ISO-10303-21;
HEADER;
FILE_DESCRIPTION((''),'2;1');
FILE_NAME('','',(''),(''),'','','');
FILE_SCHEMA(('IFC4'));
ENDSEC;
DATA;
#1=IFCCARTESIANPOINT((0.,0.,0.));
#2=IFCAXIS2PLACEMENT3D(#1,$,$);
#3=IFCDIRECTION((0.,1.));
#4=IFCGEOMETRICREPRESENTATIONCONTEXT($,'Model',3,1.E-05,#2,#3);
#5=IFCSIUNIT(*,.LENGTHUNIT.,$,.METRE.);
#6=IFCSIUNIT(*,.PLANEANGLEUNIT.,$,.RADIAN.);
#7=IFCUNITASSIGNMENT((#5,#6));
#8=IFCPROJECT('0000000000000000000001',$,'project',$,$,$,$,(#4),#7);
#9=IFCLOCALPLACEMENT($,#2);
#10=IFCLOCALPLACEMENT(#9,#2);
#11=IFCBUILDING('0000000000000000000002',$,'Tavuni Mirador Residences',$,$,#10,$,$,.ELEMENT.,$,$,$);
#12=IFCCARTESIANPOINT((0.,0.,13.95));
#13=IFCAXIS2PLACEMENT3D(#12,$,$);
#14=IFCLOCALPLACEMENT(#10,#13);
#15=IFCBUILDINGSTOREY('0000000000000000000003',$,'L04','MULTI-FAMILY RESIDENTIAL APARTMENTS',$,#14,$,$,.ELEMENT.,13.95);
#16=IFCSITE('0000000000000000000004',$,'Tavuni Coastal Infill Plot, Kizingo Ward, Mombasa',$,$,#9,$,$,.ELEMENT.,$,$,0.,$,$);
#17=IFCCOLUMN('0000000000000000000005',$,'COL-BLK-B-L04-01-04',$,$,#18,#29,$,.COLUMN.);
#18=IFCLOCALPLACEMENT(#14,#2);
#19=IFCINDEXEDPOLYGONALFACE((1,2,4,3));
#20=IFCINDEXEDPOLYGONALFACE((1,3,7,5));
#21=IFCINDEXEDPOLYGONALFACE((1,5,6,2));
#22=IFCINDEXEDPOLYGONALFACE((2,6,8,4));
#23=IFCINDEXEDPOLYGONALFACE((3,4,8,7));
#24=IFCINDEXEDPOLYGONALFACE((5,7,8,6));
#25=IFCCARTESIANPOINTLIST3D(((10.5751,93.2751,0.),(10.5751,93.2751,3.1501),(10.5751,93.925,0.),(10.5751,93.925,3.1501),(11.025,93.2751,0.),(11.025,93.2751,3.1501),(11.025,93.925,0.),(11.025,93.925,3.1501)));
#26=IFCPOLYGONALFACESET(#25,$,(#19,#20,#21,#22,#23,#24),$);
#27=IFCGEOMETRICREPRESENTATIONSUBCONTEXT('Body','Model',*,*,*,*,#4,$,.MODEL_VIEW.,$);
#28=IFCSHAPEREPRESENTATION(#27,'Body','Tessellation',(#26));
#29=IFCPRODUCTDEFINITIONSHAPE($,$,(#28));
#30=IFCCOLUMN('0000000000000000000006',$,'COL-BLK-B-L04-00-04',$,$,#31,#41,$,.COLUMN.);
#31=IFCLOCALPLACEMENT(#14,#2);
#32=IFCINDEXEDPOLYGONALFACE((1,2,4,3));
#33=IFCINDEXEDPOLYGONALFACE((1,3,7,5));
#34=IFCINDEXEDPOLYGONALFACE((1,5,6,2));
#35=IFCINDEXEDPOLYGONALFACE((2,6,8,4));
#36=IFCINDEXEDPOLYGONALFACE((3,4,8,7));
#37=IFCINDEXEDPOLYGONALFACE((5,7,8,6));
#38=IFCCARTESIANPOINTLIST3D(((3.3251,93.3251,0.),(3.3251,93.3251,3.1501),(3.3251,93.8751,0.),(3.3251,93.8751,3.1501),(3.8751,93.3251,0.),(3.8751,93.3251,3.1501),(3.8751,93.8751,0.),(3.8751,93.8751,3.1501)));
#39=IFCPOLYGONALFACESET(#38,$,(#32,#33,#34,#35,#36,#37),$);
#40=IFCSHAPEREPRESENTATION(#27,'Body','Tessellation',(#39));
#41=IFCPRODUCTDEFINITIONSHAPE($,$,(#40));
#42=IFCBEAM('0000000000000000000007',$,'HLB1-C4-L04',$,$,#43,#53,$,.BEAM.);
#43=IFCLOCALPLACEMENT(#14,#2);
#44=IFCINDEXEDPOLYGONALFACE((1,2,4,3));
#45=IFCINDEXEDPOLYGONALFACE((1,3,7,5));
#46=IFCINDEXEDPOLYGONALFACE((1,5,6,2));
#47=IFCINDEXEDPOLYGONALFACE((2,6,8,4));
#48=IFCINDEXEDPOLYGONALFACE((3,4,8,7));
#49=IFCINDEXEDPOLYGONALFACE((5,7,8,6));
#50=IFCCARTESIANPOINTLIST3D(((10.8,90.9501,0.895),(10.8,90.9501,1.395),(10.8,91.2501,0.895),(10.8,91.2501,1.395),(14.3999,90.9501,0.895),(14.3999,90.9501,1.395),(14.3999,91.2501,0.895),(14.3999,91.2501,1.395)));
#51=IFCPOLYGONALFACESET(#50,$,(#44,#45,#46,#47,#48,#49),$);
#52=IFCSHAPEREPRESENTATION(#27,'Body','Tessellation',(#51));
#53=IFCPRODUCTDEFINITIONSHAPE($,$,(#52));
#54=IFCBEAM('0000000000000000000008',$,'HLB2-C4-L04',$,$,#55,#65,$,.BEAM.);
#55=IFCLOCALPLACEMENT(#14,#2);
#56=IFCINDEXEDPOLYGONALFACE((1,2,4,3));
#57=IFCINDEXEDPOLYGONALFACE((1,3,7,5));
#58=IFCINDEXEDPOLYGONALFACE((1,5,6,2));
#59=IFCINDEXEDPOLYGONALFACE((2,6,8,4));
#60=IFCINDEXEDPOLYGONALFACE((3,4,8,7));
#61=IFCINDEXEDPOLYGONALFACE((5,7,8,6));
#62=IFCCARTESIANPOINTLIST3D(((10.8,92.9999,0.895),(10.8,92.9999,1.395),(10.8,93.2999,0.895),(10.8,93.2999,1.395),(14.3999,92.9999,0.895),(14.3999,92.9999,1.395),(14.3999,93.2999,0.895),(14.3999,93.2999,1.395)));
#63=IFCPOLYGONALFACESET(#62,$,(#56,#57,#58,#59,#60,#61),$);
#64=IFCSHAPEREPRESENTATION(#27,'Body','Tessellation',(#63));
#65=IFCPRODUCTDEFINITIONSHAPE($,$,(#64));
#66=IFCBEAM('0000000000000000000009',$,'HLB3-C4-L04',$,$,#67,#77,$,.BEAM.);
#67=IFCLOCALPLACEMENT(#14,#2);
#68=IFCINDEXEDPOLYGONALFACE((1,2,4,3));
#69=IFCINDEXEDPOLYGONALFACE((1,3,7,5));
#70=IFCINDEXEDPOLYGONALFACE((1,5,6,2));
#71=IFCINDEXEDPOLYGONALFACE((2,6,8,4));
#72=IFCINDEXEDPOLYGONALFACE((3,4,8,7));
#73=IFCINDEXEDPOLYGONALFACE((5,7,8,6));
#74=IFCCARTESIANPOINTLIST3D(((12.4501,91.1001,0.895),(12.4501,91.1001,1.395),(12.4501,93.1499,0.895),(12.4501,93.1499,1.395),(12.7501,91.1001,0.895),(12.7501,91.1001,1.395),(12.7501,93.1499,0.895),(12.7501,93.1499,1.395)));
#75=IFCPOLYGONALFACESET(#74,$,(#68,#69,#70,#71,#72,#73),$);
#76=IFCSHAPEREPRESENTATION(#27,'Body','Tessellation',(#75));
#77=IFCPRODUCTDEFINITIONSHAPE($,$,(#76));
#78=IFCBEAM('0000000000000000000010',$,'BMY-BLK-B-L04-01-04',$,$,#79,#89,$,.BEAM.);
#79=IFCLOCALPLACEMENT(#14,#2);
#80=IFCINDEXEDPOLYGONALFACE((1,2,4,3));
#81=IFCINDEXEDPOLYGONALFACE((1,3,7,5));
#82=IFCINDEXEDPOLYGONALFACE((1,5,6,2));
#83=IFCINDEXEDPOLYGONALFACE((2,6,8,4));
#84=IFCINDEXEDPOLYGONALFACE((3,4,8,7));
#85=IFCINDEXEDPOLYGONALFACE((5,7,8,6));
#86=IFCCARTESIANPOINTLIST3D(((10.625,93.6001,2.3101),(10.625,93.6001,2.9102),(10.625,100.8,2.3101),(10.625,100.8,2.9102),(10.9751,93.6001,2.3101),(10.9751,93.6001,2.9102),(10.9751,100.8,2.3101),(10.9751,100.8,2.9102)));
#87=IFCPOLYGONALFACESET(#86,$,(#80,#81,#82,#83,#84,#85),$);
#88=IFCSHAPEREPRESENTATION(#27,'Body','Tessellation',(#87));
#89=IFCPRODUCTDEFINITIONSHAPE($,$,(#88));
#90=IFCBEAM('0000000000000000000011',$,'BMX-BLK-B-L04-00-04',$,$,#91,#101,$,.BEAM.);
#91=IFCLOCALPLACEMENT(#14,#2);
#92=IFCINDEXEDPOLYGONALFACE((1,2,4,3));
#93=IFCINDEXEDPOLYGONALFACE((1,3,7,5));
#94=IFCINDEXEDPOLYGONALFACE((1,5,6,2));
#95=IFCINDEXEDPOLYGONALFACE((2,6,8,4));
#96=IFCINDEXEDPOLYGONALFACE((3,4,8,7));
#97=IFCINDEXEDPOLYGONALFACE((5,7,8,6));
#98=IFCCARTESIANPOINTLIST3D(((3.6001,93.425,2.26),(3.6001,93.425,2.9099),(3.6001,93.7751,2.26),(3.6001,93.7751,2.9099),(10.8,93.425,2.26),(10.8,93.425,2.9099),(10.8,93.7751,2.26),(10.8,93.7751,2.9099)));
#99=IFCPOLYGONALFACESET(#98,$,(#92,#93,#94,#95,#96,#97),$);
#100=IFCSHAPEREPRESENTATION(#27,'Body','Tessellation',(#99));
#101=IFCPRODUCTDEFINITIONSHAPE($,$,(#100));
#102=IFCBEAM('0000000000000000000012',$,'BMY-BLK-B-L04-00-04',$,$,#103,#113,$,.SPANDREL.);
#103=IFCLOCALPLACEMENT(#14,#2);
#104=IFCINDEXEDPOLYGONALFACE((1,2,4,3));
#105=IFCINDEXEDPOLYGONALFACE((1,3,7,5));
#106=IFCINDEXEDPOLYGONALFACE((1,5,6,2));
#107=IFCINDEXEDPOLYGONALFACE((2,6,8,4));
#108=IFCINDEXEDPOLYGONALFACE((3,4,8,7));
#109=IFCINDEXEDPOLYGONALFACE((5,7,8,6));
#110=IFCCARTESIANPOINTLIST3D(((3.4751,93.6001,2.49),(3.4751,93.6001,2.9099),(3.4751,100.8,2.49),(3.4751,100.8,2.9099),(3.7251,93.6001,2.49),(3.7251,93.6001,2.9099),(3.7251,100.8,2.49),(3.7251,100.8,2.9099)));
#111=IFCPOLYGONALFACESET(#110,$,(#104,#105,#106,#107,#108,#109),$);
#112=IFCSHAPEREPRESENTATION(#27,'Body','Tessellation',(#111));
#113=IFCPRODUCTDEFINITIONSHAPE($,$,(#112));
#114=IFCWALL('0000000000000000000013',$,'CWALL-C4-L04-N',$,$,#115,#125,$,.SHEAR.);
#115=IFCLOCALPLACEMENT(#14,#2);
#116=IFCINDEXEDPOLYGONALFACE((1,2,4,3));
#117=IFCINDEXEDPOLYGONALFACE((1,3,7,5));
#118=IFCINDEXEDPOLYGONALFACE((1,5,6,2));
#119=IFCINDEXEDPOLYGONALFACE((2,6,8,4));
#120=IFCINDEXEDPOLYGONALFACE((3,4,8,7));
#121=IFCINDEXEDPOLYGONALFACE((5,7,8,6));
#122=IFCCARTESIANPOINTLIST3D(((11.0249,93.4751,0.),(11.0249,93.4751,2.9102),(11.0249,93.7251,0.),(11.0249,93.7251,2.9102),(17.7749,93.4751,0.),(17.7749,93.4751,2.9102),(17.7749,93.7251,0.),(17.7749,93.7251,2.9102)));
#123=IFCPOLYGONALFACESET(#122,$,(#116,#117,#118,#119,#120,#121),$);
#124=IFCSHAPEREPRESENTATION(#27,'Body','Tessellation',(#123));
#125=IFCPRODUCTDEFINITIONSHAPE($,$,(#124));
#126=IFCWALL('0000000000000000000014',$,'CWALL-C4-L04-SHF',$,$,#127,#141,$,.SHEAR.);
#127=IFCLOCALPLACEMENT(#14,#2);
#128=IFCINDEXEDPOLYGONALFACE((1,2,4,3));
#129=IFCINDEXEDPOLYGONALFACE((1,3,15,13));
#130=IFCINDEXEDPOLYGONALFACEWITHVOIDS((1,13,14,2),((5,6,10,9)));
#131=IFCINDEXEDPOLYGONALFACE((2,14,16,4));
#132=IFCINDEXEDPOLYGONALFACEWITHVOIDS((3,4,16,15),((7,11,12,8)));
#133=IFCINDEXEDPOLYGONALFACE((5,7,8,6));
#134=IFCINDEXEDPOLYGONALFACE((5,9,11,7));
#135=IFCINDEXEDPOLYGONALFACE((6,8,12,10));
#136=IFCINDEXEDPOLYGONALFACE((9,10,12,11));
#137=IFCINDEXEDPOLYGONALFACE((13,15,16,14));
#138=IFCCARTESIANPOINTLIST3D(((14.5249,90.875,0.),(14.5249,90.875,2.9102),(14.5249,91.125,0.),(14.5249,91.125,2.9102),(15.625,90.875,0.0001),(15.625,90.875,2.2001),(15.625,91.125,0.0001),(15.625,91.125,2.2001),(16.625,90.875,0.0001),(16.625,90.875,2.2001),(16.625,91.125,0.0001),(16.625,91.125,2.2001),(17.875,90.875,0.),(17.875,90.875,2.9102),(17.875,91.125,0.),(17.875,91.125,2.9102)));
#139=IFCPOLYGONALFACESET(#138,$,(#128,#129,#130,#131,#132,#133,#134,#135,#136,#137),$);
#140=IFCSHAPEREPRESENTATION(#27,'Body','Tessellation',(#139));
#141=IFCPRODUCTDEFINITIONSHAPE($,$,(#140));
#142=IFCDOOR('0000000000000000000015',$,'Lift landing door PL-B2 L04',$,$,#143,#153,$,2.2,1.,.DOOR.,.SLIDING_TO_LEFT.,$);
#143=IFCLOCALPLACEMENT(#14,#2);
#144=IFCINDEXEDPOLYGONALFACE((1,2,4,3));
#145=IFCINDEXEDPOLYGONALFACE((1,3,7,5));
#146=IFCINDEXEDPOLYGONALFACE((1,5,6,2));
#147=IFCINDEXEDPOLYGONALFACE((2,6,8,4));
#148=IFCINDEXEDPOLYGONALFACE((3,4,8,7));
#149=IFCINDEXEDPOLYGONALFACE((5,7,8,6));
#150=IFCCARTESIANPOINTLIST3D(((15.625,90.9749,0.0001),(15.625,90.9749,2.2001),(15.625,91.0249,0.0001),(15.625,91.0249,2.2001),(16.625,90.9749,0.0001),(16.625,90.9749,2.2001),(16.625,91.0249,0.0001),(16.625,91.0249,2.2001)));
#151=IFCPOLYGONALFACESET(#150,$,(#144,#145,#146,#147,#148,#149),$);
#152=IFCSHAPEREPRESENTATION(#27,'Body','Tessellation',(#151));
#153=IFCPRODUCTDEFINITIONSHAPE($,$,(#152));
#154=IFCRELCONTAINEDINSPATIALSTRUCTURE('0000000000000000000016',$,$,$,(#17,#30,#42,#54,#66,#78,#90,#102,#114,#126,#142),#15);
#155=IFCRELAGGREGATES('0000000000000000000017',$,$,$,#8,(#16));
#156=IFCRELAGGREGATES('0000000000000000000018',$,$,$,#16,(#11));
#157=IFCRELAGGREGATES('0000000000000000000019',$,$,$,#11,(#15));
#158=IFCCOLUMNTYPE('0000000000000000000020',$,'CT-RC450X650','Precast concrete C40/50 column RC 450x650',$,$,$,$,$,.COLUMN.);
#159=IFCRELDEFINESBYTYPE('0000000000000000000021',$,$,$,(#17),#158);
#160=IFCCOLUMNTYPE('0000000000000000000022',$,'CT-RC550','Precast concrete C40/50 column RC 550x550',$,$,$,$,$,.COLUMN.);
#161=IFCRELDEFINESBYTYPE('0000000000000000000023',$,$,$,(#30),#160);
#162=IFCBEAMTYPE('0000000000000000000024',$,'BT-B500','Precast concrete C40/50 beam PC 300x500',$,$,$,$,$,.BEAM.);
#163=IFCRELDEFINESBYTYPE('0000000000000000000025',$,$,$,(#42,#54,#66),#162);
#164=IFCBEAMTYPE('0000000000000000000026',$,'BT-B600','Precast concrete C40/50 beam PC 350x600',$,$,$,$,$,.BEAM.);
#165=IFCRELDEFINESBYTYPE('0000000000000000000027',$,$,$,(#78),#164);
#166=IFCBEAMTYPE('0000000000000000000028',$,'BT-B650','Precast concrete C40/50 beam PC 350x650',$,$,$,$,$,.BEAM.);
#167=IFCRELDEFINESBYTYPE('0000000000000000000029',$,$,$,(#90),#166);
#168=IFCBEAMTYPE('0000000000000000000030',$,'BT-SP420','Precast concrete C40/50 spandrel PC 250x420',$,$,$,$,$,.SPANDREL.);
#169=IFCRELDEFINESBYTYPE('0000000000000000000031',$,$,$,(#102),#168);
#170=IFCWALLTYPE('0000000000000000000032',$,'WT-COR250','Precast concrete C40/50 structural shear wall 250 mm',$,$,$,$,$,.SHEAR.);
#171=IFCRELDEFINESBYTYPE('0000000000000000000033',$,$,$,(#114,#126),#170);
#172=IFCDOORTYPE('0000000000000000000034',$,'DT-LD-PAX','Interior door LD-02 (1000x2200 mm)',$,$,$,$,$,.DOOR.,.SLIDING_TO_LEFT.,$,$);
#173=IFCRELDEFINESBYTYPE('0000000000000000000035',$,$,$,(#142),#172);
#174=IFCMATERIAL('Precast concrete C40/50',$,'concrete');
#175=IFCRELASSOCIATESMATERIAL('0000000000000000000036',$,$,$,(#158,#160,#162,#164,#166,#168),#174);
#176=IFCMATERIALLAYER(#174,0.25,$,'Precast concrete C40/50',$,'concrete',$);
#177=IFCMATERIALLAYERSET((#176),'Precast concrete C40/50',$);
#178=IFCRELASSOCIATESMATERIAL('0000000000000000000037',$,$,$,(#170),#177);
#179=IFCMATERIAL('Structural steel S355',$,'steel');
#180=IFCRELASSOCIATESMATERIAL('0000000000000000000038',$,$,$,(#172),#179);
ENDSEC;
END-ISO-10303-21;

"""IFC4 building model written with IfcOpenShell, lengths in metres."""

from ifc_helpers import new_model, si_unit, direction, frame, frame_2d, origin, origin_2d, place, context, subcontext, project, spatial, rectangle, extrude, material, layer, layer_set, material_profile, profile_set, type_object, element, fill, save


model = new_model("IFC4")

# Units and contexts
model_context = context("Model", 3, precision=1e-05, world=origin(), true_north=direction((0.0, 1.0)))
body_context = subcontext(model_context, "Body", "Model", "MODEL_VIEW")
ifc_project = project(units=[si_unit("LENGTHUNIT", "METRE"), si_unit("PLANEANGLEUNIT", "RADIAN")], contexts=[model_context])

# Site, building, storey
site_placement = place(None, origin())
site = spatial("IfcSite", under=ifc_project, at=site_placement, Name="Tavuni Coastal Infill Plot, Kizingo Ward, Mombasa", CompositionType="ELEMENT", RefElevation=0.0)
building_placement = place(site_placement, origin())
building = spatial("IfcBuilding", under=site, at=building_placement, Name="Tavuni Mirador Residences", CompositionType="ELEMENT")
storey_placement = place(building_placement, frame((0.0, 0.0, 13.95)))
storey = spatial("IfcBuildingStorey", under=building, at=storey_placement, Name="L04", Description="MULTI-FAMILY RESIDENTIAL APARTMENTS", CompositionType="ELEMENT", Elevation=13.95)

# Columns
ifc_material_1 = material(Name="Precast concrete C40/50", Category="concrete")
ifc_material_profile_1 = material_profile(ifc_material_1, rectangle(XDim=0.45, YDim=0.6499, at=origin_2d()), Name="RC 450x650", Category="concrete")
ifc_profile_set_1 = profile_set([ifc_material_profile_1], Name="Precast concrete C40/50")
column_type_1 = type_object("IfcColumnType", Name="CT-RC450X650", Description="Precast concrete C40/50 column RC 450x650", PredefinedType="COLUMN", material=ifc_profile_set_1)
column_1_placement = place(storey_placement, frame((10.8, 93.6001, 0.0), z_axis=(0.0, 0.0, 1.0), x_axis=(1.0, 0.0, 0.0)))
element("IfcColumn", 1, at=column_1_placement, inside=storey, type_object=column_type_1, Name="COL-BLK-B-L04-01-04", PredefinedType="COLUMN", context=body_context, shape_type="SweptSolid", body=[
    extrude(rectangle(XDim=0.45, YDim=0.6499, at=origin_2d()), origin(), (0.0, 0.0, 1.0), 3.1501),
])
ifc_material_profile_2 = material_profile(ifc_material_1, rectangle(XDim=0.55, YDim=0.55, at=origin_2d()), Name="RC 550x550", Category="concrete")
ifc_profile_set_2 = profile_set([ifc_material_profile_2], Name="Precast concrete C40/50")
column_type_2 = type_object("IfcColumnType", Name="CT-RC550", Description="Precast concrete C40/50 column RC 550x550", PredefinedType="COLUMN", material=ifc_profile_set_2)
column_2_placement = place(storey_placement, frame((3.6001, 93.6001, 0.0), z_axis=(0.0, 0.0, 1.0), x_axis=(1.0, 0.0, 0.0)))
element("IfcColumn", 2, at=column_2_placement, inside=storey, type_object=column_type_2, Name="COL-BLK-B-L04-00-04", PredefinedType="COLUMN", context=body_context, shape_type="SweptSolid", body=[
    extrude(rectangle(XDim=0.55, YDim=0.55, at=origin_2d()), origin(), (0.0, 0.0, 1.0), 3.1501),
])

# Beams
ifc_material_profile_3 = material_profile(ifc_material_1, rectangle(XDim=0.3, YDim=0.5, at=origin_2d()), Name="PC 300x500", Category="concrete")
ifc_profile_set_3 = profile_set([ifc_material_profile_3], Name="Precast concrete C40/50")
beam_type_1 = type_object("IfcBeamType", Name="BT-B500", Description="Precast concrete C40/50 beam PC 300x500", PredefinedType="BEAM", material=ifc_profile_set_3)
for number, where, z_axis, x_axis, name in (
    (3, (10.8, 91.1001, 1.145), (1.0, 0.0, 0.0), (0.0, 1.0, 0.0), "HLB1-C4-L04"),
    (4, (10.8, 93.1499, 1.145), (1.0, 0.0, 0.0), (0.0, 1.0, 0.0), "HLB2-C4-L04"),
):
    element("IfcBeam", number, at=place(storey_placement, frame(where, z_axis=z_axis, x_axis=x_axis)), inside=storey, type_object=beam_type_1, Name=name, PredefinedType="BEAM", context=body_context, shape_type="SweptSolid", body=[
        extrude(rectangle(XDim=0.3, YDim=0.5, at=origin_2d()), origin(), (0.0, 0.0, 1.0), 3.5999),
    ])
beam_1_placement = place(storey_placement, frame((12.6001, 91.1001, 1.145), z_axis=(0.0, 1.0, 0.0), x_axis=(-1.0, 0.0, 0.0)))
element("IfcBeam", 5, at=beam_1_placement, inside=storey, type_object=beam_type_1, Name="HLB3-C4-L04", PredefinedType="BEAM", context=body_context, shape_type="SweptSolid", body=[
    extrude(rectangle(XDim=0.3, YDim=0.5, at=origin_2d()), origin(), (0.0, 0.0, 1.0), 2.0498),
])
ifc_material_profile_4 = material_profile(ifc_material_1, rectangle(XDim=0.3501, YDim=0.6001, at=origin_2d()), Name="PC 350x600", Category="concrete")
ifc_profile_set_4 = profile_set([ifc_material_profile_4], Name="Precast concrete C40/50")
beam_type_2 = type_object("IfcBeamType", Name="BT-B600", Description="Precast concrete C40/50 beam PC 350x600", PredefinedType="BEAM", material=ifc_profile_set_4)
beam_2_placement = place(storey_placement, frame((10.8, 93.6001, 2.6101), z_axis=(0.0, 1.0, 0.0), x_axis=(-1.0, 0.0, 0.0)))
element("IfcBeam", 6, at=beam_2_placement, inside=storey, type_object=beam_type_2, Name="BMY-BLK-B-L04-01-04", PredefinedType="BEAM", context=body_context, shape_type="SweptSolid", body=[
    extrude(rectangle(XDim=0.3501, YDim=0.6001, at=origin_2d()), origin(), (0.0, 0.0, 1.0), 7.2),
])
ifc_material_profile_5 = material_profile(ifc_material_1, rectangle(XDim=0.3501, YDim=0.6499, at=origin_2d()), Name="PC 350x650", Category="concrete")
ifc_profile_set_5 = profile_set([ifc_material_profile_5], Name="Precast concrete C40/50")
beam_type_3 = type_object("IfcBeamType", Name="BT-B650", Description="Precast concrete C40/50 beam PC 350x650", PredefinedType="BEAM", material=ifc_profile_set_5)
beam_3_placement = place(storey_placement, frame((3.6001, 93.6001, 2.585), z_axis=(1.0, 0.0, 0.0), x_axis=(0.0, 1.0, 0.0)))
element("IfcBeam", 7, at=beam_3_placement, inside=storey, type_object=beam_type_3, Name="BMX-BLK-B-L04-00-04", PredefinedType="BEAM", context=body_context, shape_type="SweptSolid", body=[
    extrude(rectangle(XDim=0.3501, YDim=0.6499, at=origin_2d()), origin(), (0.0, 0.0, 1.0), 7.2),
])
ifc_material_profile_6 = material_profile(ifc_material_1, rectangle(XDim=0.25, YDim=0.4199, at=origin_2d()), Name="PC 250x420", Category="concrete")
ifc_profile_set_6 = profile_set([ifc_material_profile_6], Name="Precast concrete C40/50")
beam_type_4 = type_object("IfcBeamType", Name="BT-SP420", Description="Precast concrete C40/50 spandrel PC 250x420", PredefinedType="SPANDREL", material=ifc_profile_set_6)
beam_4_placement = place(storey_placement, frame((3.6001, 93.6001, 2.7), z_axis=(0.0, 1.0, 0.0), x_axis=(-1.0, 0.0, 0.0)))
element("IfcBeam", 8, at=beam_4_placement, inside=storey, type_object=beam_type_4, Name="BMY-BLK-B-L04-00-04", PredefinedType="SPANDREL", context=body_context, shape_type="SweptSolid", body=[
    extrude(rectangle(XDim=0.25, YDim=0.4199, at=origin_2d()), origin(), (0.0, 0.0, 1.0), 7.2),
])

# Wall
ifc_layer_1 = layer(ifc_material_1, 0.25, Name="Precast concrete C40/50", Category="concrete")
ifc_layer_set_1 = layer_set([ifc_layer_1], Name="Precast concrete C40/50")
wall_type_1 = type_object("IfcWallType", Name="WT-COR250", Description="Precast concrete C40/50 structural shear wall 250 mm", PredefinedType="SHEAR", material=ifc_layer_set_1)
wall_1_placement = place(storey_placement, frame((11.0249, 93.6001, 0.0), z_axis=(0.0, 0.0, 1.0), x_axis=(1.0, 0.0, 0.0)))
element("IfcWall", 9, at=wall_1_placement, inside=storey, type_object=wall_type_1, Name="CWALL-C4-L04-N", PredefinedType="SHEAR", context=body_context, shape_type="SweptSolid", body=[
    extrude(rectangle(XDim=6.75, YDim=0.25, at=frame_2d((3.375, 0.0))), origin(), (0.0, 0.0, 1.0), 2.9102),
])

# Wall, opening, door
wall_2_placement = place(storey_placement, frame((14.5249, 91.0, 0.0), z_axis=(0.0, 0.0, 1.0), x_axis=(1.0, 0.0, 0.0)))
wall_2 = element("IfcWall", 10, at=wall_2_placement, inside=storey, type_object=wall_type_1, Name="CWALL-C4-L04-SHF", PredefinedType="SHEAR", context=body_context, shape_type="SweptSolid", body=[
    extrude(rectangle(XDim=3.3501, YDim=0.25, at=frame_2d((1.675, 0.0))), origin(), (0.0, 0.0, 1.0), 2.9102),
])
opening_1_placement = place(wall_2_placement, frame((1.1001, 0.0, 0.0)))
opening_1 = element("IfcOpeningElement", 11, at=opening_1_placement, cuts=wall_2, PredefinedType="OPENING", context=body_context, shape_type="SweptSolid", body=[
    extrude(rectangle(XDim=1.0, YDim=2.2, at=frame_2d((0.5, 1.1001))), frame((0.0, 0.135, 0.0), z_axis=(0.0, -1.0, 0.0), x_axis=(1.0, 0.0, 0.0)), (0.0, 0.0, 1.0), 0.27),
])
ifc_material_2 = material(Name="Structural steel S355", Category="steel")
door_type_1 = type_object("IfcDoorType", Name="DT-LD-PAX", Description="Interior door LD-02 (1000x2200 mm)", OperationType="SLIDING_TO_LEFT", PredefinedType="DOOR", material=ifc_material_2)
door_1_placement = place(opening_1_placement, origin())
door_1 = element("IfcDoor", 12, at=door_1_placement, inside=storey, type_object=door_type_1, Name="Lift landing door PL-B2 L04", OperationType="SLIDING_TO_LEFT", OverallHeight=2.2, OverallWidth=1.0, PredefinedType="DOOR", context=body_context, shape_type="SweptSolid", body=[
    extrude(rectangle(XDim=1.0, YDim=2.2, at=frame_2d((0.5, 1.1001))), frame((0.0, 0.0249, 0.0), z_axis=(0.0, -1.0, 0.0), x_axis=(1.0, 0.0, 0.0)), (0.0, 0.0, 1.0), 0.05),
])
fill(opening_1, door_1)

save(model, "model.ifc")
